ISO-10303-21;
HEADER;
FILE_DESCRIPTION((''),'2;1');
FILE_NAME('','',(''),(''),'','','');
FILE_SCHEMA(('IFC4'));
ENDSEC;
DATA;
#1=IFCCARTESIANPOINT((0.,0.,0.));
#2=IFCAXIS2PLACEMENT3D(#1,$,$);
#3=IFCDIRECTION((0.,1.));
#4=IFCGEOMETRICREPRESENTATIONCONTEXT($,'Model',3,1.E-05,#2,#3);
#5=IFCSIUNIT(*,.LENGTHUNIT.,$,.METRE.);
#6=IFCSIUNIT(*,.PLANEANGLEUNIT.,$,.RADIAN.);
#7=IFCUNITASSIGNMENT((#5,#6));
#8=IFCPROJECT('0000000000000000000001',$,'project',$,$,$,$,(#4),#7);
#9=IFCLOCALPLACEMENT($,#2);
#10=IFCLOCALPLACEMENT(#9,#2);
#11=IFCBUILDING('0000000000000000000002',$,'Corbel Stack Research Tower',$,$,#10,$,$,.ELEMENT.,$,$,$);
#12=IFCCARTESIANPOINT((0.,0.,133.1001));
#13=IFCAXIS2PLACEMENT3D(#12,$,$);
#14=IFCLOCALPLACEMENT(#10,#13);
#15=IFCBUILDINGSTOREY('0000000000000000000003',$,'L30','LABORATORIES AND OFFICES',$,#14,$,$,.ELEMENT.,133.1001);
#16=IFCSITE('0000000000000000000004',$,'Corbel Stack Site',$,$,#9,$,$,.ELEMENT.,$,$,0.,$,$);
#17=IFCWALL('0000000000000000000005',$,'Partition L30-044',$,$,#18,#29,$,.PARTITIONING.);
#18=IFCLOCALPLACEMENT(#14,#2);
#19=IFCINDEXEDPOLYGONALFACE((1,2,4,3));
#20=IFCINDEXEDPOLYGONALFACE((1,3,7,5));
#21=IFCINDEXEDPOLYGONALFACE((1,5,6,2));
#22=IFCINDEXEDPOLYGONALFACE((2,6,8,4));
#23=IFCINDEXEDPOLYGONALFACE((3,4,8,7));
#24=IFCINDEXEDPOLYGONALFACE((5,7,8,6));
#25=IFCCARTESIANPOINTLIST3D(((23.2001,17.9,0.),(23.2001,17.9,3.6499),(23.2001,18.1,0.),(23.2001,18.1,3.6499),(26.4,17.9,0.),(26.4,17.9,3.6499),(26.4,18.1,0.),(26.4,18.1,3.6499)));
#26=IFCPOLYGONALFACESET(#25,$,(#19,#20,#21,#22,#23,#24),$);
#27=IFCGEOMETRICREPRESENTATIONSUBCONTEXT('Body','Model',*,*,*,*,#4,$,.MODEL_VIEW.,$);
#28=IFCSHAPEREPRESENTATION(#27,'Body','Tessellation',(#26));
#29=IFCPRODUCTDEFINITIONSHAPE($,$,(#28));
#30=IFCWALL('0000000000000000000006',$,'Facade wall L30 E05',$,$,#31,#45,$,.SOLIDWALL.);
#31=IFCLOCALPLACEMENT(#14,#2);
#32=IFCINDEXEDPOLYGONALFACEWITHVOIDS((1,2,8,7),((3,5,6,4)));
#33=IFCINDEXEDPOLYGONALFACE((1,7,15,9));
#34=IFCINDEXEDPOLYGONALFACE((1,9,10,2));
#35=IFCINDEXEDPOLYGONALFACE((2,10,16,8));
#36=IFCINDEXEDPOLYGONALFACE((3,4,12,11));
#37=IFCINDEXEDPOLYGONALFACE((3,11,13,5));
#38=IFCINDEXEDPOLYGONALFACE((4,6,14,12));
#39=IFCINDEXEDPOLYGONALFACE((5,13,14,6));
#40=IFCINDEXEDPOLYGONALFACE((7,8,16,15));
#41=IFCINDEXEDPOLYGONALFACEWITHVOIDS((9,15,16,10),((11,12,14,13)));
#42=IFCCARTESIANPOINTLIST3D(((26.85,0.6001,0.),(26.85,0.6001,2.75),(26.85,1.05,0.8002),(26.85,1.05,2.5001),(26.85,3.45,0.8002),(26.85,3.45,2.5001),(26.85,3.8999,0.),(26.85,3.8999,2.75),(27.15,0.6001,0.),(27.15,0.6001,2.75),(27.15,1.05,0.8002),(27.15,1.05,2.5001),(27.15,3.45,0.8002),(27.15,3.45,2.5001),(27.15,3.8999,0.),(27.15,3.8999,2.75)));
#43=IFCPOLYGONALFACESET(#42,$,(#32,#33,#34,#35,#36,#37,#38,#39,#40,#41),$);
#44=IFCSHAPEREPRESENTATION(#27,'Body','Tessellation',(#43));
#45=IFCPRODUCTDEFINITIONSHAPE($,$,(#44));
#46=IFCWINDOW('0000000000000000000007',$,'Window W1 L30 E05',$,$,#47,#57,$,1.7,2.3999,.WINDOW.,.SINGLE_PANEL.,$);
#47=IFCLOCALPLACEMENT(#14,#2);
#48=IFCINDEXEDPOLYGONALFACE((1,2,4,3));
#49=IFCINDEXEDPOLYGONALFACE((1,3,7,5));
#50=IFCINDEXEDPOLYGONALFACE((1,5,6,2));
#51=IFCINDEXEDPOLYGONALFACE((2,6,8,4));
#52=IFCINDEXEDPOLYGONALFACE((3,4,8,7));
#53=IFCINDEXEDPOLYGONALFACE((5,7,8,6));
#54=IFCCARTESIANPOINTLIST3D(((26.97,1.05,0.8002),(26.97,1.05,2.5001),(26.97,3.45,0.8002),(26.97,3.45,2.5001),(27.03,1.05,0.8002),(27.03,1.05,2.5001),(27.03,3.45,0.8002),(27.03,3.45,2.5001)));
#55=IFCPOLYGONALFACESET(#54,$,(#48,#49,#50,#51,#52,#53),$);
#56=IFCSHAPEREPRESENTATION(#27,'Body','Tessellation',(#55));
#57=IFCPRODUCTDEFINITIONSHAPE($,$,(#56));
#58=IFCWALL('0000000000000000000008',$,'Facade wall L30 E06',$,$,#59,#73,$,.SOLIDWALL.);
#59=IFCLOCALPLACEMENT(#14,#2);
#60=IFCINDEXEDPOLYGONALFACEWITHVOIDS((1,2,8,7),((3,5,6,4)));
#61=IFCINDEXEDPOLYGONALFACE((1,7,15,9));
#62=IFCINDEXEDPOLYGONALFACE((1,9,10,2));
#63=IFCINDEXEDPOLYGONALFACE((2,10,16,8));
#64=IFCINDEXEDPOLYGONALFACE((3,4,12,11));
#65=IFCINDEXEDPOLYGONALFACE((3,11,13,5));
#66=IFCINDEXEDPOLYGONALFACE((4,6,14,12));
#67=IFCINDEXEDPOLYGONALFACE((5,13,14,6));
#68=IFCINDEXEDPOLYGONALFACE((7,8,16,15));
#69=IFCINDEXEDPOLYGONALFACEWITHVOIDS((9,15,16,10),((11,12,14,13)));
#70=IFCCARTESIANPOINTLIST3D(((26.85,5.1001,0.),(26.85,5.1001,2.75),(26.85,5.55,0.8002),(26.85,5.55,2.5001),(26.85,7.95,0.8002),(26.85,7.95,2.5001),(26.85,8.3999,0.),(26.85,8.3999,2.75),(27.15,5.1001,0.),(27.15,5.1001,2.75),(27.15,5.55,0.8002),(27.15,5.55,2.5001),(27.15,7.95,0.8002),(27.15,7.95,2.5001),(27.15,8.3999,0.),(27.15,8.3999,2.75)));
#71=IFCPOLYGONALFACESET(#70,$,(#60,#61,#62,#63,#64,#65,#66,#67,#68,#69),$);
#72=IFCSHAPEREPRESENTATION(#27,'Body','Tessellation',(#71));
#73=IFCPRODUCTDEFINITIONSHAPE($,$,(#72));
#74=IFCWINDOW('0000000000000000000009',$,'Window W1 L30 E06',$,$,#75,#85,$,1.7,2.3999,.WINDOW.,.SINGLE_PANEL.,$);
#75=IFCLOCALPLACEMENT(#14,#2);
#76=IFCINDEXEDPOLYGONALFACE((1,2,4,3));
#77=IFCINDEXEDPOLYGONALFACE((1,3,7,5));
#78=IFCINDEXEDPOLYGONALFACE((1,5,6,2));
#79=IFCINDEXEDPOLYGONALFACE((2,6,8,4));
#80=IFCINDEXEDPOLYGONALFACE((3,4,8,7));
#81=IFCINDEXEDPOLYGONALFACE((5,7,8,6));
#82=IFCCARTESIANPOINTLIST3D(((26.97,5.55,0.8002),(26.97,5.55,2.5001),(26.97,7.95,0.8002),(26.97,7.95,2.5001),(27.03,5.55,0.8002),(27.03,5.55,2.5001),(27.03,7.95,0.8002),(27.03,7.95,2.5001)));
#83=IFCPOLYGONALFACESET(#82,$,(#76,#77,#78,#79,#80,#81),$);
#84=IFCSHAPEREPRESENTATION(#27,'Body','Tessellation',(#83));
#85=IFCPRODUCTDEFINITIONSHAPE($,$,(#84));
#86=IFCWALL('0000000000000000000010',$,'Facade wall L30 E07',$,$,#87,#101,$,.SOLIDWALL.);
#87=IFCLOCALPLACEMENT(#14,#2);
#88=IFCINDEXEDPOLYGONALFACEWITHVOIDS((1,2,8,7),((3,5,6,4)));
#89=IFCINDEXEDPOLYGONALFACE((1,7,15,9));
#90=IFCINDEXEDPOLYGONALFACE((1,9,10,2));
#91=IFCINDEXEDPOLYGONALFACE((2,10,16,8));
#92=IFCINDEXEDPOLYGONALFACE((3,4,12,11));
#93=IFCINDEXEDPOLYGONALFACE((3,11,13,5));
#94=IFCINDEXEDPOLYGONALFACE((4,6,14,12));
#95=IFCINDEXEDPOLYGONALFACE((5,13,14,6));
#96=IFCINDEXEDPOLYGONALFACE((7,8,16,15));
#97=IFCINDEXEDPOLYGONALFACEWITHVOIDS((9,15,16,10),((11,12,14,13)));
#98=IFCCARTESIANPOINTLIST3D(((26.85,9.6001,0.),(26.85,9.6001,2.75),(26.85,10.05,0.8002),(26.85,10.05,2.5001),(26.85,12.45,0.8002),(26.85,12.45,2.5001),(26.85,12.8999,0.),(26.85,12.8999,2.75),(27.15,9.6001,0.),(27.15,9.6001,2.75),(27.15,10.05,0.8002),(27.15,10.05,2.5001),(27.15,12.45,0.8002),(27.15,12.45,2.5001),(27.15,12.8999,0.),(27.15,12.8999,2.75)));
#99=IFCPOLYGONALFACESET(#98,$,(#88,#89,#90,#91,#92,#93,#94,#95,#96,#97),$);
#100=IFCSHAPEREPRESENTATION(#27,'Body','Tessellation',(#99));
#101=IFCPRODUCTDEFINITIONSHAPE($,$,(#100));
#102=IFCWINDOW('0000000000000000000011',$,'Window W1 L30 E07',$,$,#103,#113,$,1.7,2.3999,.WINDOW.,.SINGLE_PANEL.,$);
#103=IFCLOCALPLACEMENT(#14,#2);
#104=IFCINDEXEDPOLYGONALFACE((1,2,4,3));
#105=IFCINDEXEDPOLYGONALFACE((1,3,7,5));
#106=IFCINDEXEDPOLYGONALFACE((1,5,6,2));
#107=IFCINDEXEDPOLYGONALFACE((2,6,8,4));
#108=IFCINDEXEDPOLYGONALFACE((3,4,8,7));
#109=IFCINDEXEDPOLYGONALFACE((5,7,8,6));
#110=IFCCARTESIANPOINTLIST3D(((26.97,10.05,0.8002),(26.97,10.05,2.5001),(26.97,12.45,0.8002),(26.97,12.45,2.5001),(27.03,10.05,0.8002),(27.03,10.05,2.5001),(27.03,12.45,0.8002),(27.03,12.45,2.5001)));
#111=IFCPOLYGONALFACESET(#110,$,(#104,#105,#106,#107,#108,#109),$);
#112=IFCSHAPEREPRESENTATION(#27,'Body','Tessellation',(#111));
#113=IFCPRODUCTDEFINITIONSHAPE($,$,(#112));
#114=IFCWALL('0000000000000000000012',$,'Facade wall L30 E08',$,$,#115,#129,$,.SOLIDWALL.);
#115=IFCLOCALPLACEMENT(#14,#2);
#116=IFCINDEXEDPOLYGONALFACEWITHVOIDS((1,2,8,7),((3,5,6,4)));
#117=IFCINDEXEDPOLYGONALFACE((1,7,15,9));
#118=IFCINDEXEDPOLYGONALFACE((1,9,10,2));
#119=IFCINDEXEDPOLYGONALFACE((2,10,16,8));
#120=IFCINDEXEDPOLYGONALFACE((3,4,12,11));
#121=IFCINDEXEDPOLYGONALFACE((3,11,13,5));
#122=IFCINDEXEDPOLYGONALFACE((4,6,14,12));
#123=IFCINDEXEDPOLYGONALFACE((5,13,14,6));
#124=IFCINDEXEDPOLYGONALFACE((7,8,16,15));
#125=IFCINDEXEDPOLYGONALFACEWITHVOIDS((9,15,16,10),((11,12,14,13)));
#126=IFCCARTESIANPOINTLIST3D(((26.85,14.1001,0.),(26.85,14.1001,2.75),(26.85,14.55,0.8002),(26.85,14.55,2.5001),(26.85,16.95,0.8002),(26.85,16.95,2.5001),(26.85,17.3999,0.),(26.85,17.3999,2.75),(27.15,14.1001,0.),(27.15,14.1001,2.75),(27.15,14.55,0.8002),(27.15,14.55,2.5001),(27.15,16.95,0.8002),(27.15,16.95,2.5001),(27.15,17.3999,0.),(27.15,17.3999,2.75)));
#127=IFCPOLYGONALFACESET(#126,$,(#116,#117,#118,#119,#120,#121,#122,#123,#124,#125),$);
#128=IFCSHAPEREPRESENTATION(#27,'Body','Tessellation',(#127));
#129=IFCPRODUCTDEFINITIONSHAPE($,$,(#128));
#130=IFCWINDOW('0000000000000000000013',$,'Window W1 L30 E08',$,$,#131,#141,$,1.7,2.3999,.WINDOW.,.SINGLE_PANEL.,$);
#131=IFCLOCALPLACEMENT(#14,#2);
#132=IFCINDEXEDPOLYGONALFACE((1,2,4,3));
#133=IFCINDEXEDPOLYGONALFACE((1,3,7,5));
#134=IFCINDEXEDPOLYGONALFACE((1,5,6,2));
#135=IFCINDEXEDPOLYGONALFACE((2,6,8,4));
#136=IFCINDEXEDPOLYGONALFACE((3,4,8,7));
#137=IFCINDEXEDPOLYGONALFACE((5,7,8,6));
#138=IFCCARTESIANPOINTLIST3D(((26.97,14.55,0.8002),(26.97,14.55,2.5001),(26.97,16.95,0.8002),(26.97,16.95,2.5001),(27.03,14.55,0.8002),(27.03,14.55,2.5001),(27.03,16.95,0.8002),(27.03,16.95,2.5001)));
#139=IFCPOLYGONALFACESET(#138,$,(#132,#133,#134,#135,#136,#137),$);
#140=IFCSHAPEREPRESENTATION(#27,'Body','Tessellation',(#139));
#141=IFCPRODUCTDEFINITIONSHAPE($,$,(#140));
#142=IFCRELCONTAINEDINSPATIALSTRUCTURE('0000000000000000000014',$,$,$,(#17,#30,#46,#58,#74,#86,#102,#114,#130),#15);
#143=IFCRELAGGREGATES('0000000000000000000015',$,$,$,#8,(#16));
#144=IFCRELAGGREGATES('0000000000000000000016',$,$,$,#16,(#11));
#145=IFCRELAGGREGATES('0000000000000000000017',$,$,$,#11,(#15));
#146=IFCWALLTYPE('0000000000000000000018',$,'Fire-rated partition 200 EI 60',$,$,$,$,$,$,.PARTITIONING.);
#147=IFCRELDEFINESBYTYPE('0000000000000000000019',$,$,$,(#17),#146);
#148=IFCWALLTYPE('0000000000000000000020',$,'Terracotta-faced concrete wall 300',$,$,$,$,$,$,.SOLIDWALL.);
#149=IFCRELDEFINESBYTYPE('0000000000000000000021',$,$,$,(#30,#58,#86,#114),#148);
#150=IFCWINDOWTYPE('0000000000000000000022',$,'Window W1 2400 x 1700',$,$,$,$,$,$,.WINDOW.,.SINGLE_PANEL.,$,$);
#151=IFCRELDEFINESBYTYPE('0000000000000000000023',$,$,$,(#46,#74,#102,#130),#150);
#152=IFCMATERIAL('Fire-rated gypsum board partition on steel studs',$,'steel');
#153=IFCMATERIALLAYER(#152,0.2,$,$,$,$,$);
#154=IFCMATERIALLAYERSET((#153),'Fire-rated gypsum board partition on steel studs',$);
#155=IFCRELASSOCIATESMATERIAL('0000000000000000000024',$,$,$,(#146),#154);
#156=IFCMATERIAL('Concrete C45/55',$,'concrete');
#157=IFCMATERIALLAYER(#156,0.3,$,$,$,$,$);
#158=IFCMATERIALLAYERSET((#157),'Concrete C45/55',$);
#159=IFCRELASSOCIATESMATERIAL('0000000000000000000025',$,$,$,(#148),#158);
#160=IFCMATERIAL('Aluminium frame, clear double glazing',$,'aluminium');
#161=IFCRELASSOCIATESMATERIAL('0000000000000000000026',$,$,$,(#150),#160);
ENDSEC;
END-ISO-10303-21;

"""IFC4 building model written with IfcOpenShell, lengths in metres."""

from ifc_helpers import new_model, si_unit, direction, frame, frame_2d, origin, place, context, subcontext, project, spatial, rectangle, extrude, material, layer, layer_set, type_object, element, fill, save


model = new_model("IFC4")

# Units and contexts
model_context = context("Model", 3, precision=1e-05, world=origin(), true_north=direction((0.0, 1.0)))
body_context = subcontext(model_context, "Body", "Model", "MODEL_VIEW")
ifc_project = project(units=[si_unit("LENGTHUNIT", "METRE"), si_unit("PLANEANGLEUNIT", "RADIAN")], contexts=[model_context])

# Site, building, storey
site_placement = place(None, origin())
site = spatial("IfcSite", under=ifc_project, at=site_placement, Name="Corbel Stack Site", CompositionType="ELEMENT", RefElevation=0.0)
building_placement = place(site_placement, origin())
building = spatial("IfcBuilding", under=site, at=building_placement, Name="Corbel Stack Research Tower", CompositionType="ELEMENT")
storey_placement = place(building_placement, frame((0.0, 0.0, 133.1001)))
storey = spatial("IfcBuildingStorey", under=building, at=storey_placement, Name="L30", Description="LABORATORIES AND OFFICES", CompositionType="ELEMENT", Elevation=133.1001)

# Wall
ifc_material_1 = material(Name="Fire-rated gypsum board partition on steel studs", Category="steel")
ifc_layer_1 = layer(ifc_material_1, 0.2)
ifc_layer_set_1 = layer_set([ifc_layer_1], Name="Fire-rated gypsum board partition on steel studs")
wall_type_1 = type_object("IfcWallType", Name="Fire-rated partition 200 EI 60", PredefinedType="PARTITIONING", material=ifc_layer_set_1)
wall_1_placement = place(storey_placement, frame((23.2, 18.0, 0.0), z_axis=(0.0, 0.0, 1.0), x_axis=(1.0, 0.0, 0.0)))
element("IfcWall", 1, at=wall_1_placement, inside=storey, type_object=wall_type_1, Name="Partition L30-044", PredefinedType="PARTITIONING", context=body_context, shape_type="SweptSolid", body=[
    extrude(rectangle(XDim=3.2, YDim=0.2, at=frame_2d((1.6001, 0.0))), origin(), (0.0, 0.0, 1.0), 3.6499),
])

# Walls, openings, windows
ifc_material_2 = material(Name="Concrete C45/55", Category="concrete")
ifc_layer_2 = layer(ifc_material_2, 0.3)
ifc_layer_set_2 = layer_set([ifc_layer_2], Name="Concrete C45/55")
wall_type_2 = type_object("IfcWallType", Name="Terracotta-faced concrete wall 300", PredefinedType="SOLIDWALL", material=ifc_layer_set_2)
wall_2_placement = place(storey_placement, frame((27.0, 3.8999, 0.0), z_axis=(0.0, 0.0, 1.0), x_axis=(0.0, -1.0, 0.0)))
wall_2 = element("IfcWall", 2, at=wall_2_placement, inside=storey, type_object=wall_type_2, Name="Facade wall L30 E05", PredefinedType="SOLIDWALL", context=body_context, shape_type="SweptSolid", body=[
    extrude(rectangle(XDim=3.2998, YDim=0.3, at=frame_2d((1.6499, 0.0))), origin(), (0.0, 0.0, 1.0), 2.75),
])
opening_1_placement = place(wall_2_placement, frame((0.45, 0.0, 0.8)))
opening_1 = element("IfcOpeningElement", 3, at=opening_1_placement, cuts=wall_2, PredefinedType="OPENING", context=body_context, shape_type="SweptSolid", body=[
    extrude(rectangle(XDim=2.3999, YDim=1.7, at=frame_2d((1.2, 0.8501))), frame((0.0, 0.1599, 0.0), z_axis=(0.0, -1.0, 0.0), x_axis=(1.0, 0.0, 0.0)), (0.0, 0.0, 1.0), 0.3201),
])
ifc_material_3 = material(Name="Aluminium frame, clear double glazing", Category="aluminium")
window_type = type_object("IfcWindowType", Name="Window W1 2400 x 1700", PartitioningType="SINGLE_PANEL", PredefinedType="WINDOW", material=ifc_material_3)
window_1_placement = place(opening_1_placement, origin())
window_1 = element("IfcWindow", 4, at=window_1_placement, inside=storey, type_object=window_type, Name="Window W1 L30 E05", OverallHeight=1.7, OverallWidth=2.3999, PartitioningType="SINGLE_PANEL", PredefinedType="WINDOW", context=body_context, shape_type="SweptSolid", body=[
    extrude(rectangle(XDim=2.3999, YDim=1.7, at=frame_2d((1.2, 0.8501))), frame((0.0, 0.03, 0.0), z_axis=(0.0, -1.0, 0.0), x_axis=(1.0, 0.0, 0.0)), (0.0, 0.0, 1.0), 0.0601),
])
fill(opening_1, window_1)
wall_3_placement = place(storey_placement, frame((27.0, 8.3999, 0.0), z_axis=(0.0, 0.0, 1.0), x_axis=(0.0, -1.0, 0.0)))
wall_3 = element("IfcWall", 5, at=wall_3_placement, inside=storey, type_object=wall_type_2, Name="Facade wall L30 E06", PredefinedType="SOLIDWALL", context=body_context, shape_type="SweptSolid", body=[
    extrude(rectangle(XDim=3.2998, YDim=0.3, at=frame_2d((1.6499, 0.0))), origin(), (0.0, 0.0, 1.0), 2.75),
])
opening_2_placement = place(wall_3_placement, frame((0.45, 0.0, 0.8)))
opening_2 = element("IfcOpeningElement", 6, at=opening_2_placement, cuts=wall_3, PredefinedType="OPENING", context=body_context, shape_type="SweptSolid", body=[
    extrude(rectangle(XDim=2.3999, YDim=1.7, at=frame_2d((1.2, 0.8501))), frame((0.0, 0.1599, 0.0), z_axis=(0.0, -1.0, 0.0), x_axis=(1.0, 0.0, 0.0)), (0.0, 0.0, 1.0), 0.3201),
])
window_2_placement = place(opening_2_placement, origin())
window_2 = element("IfcWindow", 7, at=window_2_placement, inside=storey, type_object=window_type, Name="Window W1 L30 E06", OverallHeight=1.7, OverallWidth=2.3999, PartitioningType="SINGLE_PANEL", PredefinedType="WINDOW", context=body_context, shape_type="SweptSolid", body=[
    extrude(rectangle(XDim=2.3999, YDim=1.7, at=frame_2d((1.2, 0.8501))), frame((0.0, 0.03, 0.0), z_axis=(0.0, -1.0, 0.0), x_axis=(1.0, 0.0, 0.0)), (0.0, 0.0, 1.0), 0.0601),
])
fill(opening_2, window_2)
wall_4_placement = place(storey_placement, frame((27.0, 12.8999, 0.0), z_axis=(0.0, 0.0, 1.0), x_axis=(0.0, -1.0, 0.0)))
wall_4 = element("IfcWall", 8, at=wall_4_placement, inside=storey, type_object=wall_type_2, Name="Facade wall L30 E07", PredefinedType="SOLIDWALL", context=body_context, shape_type="SweptSolid", body=[
    extrude(rectangle(XDim=3.2998, YDim=0.3, at=frame_2d((1.6499, 0.0))), origin(), (0.0, 0.0, 1.0), 2.75),
])
opening_3_placement = place(wall_4_placement, frame((0.45, 0.0, 0.8)))
opening_3 = element("IfcOpeningElement", 9, at=opening_3_placement, cuts=wall_4, PredefinedType="OPENING", context=body_context, shape_type="SweptSolid", body=[
    extrude(rectangle(XDim=2.3999, YDim=1.7, at=frame_2d((1.2, 0.8501))), frame((0.0, 0.1599, 0.0), z_axis=(0.0, -1.0, 0.0), x_axis=(1.0, 0.0, 0.0)), (0.0, 0.0, 1.0), 0.3201),
])
window_3_placement = place(opening_3_placement, origin())
window_3 = element("IfcWindow", 10, at=window_3_placement, inside=storey, type_object=window_type, Name="Window W1 L30 E07", OverallHeight=1.7, OverallWidth=2.3999, PartitioningType="SINGLE_PANEL", PredefinedType="WINDOW", context=body_context, shape_type="SweptSolid", body=[
    extrude(rectangle(XDim=2.3999, YDim=1.7, at=frame_2d((1.2, 0.8501))), frame((0.0, 0.03, 0.0), z_axis=(0.0, -1.0, 0.0), x_axis=(1.0, 0.0, 0.0)), (0.0, 0.0, 1.0), 0.0601),
])
fill(opening_3, window_3)
wall_5_placement = place(storey_placement, frame((27.0, 17.3999, 0.0), z_axis=(0.0, 0.0, 1.0), x_axis=(0.0, -1.0, 0.0)))
wall_5 = element("IfcWall", 11, at=wall_5_placement, inside=storey, type_object=wall_type_2, Name="Facade wall L30 E08", PredefinedType="SOLIDWALL", context=body_context, shape_type="SweptSolid", body=[
    extrude(rectangle(XDim=3.2998, YDim=0.3, at=frame_2d((1.6499, 0.0))), origin(), (0.0, 0.0, 1.0), 2.75),
])
opening_4_placement = place(wall_5_placement, frame((0.45, 0.0, 0.8)))
opening_4 = element("IfcOpeningElement", 12, at=opening_4_placement, cuts=wall_5, PredefinedType="OPENING", context=body_context, shape_type="SweptSolid", body=[
    extrude(rectangle(XDim=2.3999, YDim=1.7, at=frame_2d((1.2, 0.8501))), frame((0.0, 0.1599, 0.0), z_axis=(0.0, -1.0, 0.0), x_axis=(1.0, 0.0, 0.0)), (0.0, 0.0, 1.0), 0.3201),
])
window_4_placement = place(opening_4_placement, origin())
window_4 = element("IfcWindow", 13, at=window_4_placement, inside=storey, type_object=window_type, Name="Window W1 L30 E08", OverallHeight=1.7, OverallWidth=2.3999, PartitioningType="SINGLE_PANEL", PredefinedType="WINDOW", context=body_context, shape_type="SweptSolid", body=[
    extrude(rectangle(XDim=2.3999, YDim=1.7, at=frame_2d((1.2, 0.8501))), frame((0.0, 0.03, 0.0), z_axis=(0.0, -1.0, 0.0), x_axis=(1.0, 0.0, 0.0)), (0.0, 0.0, 1.0), 0.0601),
])
fill(opening_4, window_4)

save(model, "model.ifc")
